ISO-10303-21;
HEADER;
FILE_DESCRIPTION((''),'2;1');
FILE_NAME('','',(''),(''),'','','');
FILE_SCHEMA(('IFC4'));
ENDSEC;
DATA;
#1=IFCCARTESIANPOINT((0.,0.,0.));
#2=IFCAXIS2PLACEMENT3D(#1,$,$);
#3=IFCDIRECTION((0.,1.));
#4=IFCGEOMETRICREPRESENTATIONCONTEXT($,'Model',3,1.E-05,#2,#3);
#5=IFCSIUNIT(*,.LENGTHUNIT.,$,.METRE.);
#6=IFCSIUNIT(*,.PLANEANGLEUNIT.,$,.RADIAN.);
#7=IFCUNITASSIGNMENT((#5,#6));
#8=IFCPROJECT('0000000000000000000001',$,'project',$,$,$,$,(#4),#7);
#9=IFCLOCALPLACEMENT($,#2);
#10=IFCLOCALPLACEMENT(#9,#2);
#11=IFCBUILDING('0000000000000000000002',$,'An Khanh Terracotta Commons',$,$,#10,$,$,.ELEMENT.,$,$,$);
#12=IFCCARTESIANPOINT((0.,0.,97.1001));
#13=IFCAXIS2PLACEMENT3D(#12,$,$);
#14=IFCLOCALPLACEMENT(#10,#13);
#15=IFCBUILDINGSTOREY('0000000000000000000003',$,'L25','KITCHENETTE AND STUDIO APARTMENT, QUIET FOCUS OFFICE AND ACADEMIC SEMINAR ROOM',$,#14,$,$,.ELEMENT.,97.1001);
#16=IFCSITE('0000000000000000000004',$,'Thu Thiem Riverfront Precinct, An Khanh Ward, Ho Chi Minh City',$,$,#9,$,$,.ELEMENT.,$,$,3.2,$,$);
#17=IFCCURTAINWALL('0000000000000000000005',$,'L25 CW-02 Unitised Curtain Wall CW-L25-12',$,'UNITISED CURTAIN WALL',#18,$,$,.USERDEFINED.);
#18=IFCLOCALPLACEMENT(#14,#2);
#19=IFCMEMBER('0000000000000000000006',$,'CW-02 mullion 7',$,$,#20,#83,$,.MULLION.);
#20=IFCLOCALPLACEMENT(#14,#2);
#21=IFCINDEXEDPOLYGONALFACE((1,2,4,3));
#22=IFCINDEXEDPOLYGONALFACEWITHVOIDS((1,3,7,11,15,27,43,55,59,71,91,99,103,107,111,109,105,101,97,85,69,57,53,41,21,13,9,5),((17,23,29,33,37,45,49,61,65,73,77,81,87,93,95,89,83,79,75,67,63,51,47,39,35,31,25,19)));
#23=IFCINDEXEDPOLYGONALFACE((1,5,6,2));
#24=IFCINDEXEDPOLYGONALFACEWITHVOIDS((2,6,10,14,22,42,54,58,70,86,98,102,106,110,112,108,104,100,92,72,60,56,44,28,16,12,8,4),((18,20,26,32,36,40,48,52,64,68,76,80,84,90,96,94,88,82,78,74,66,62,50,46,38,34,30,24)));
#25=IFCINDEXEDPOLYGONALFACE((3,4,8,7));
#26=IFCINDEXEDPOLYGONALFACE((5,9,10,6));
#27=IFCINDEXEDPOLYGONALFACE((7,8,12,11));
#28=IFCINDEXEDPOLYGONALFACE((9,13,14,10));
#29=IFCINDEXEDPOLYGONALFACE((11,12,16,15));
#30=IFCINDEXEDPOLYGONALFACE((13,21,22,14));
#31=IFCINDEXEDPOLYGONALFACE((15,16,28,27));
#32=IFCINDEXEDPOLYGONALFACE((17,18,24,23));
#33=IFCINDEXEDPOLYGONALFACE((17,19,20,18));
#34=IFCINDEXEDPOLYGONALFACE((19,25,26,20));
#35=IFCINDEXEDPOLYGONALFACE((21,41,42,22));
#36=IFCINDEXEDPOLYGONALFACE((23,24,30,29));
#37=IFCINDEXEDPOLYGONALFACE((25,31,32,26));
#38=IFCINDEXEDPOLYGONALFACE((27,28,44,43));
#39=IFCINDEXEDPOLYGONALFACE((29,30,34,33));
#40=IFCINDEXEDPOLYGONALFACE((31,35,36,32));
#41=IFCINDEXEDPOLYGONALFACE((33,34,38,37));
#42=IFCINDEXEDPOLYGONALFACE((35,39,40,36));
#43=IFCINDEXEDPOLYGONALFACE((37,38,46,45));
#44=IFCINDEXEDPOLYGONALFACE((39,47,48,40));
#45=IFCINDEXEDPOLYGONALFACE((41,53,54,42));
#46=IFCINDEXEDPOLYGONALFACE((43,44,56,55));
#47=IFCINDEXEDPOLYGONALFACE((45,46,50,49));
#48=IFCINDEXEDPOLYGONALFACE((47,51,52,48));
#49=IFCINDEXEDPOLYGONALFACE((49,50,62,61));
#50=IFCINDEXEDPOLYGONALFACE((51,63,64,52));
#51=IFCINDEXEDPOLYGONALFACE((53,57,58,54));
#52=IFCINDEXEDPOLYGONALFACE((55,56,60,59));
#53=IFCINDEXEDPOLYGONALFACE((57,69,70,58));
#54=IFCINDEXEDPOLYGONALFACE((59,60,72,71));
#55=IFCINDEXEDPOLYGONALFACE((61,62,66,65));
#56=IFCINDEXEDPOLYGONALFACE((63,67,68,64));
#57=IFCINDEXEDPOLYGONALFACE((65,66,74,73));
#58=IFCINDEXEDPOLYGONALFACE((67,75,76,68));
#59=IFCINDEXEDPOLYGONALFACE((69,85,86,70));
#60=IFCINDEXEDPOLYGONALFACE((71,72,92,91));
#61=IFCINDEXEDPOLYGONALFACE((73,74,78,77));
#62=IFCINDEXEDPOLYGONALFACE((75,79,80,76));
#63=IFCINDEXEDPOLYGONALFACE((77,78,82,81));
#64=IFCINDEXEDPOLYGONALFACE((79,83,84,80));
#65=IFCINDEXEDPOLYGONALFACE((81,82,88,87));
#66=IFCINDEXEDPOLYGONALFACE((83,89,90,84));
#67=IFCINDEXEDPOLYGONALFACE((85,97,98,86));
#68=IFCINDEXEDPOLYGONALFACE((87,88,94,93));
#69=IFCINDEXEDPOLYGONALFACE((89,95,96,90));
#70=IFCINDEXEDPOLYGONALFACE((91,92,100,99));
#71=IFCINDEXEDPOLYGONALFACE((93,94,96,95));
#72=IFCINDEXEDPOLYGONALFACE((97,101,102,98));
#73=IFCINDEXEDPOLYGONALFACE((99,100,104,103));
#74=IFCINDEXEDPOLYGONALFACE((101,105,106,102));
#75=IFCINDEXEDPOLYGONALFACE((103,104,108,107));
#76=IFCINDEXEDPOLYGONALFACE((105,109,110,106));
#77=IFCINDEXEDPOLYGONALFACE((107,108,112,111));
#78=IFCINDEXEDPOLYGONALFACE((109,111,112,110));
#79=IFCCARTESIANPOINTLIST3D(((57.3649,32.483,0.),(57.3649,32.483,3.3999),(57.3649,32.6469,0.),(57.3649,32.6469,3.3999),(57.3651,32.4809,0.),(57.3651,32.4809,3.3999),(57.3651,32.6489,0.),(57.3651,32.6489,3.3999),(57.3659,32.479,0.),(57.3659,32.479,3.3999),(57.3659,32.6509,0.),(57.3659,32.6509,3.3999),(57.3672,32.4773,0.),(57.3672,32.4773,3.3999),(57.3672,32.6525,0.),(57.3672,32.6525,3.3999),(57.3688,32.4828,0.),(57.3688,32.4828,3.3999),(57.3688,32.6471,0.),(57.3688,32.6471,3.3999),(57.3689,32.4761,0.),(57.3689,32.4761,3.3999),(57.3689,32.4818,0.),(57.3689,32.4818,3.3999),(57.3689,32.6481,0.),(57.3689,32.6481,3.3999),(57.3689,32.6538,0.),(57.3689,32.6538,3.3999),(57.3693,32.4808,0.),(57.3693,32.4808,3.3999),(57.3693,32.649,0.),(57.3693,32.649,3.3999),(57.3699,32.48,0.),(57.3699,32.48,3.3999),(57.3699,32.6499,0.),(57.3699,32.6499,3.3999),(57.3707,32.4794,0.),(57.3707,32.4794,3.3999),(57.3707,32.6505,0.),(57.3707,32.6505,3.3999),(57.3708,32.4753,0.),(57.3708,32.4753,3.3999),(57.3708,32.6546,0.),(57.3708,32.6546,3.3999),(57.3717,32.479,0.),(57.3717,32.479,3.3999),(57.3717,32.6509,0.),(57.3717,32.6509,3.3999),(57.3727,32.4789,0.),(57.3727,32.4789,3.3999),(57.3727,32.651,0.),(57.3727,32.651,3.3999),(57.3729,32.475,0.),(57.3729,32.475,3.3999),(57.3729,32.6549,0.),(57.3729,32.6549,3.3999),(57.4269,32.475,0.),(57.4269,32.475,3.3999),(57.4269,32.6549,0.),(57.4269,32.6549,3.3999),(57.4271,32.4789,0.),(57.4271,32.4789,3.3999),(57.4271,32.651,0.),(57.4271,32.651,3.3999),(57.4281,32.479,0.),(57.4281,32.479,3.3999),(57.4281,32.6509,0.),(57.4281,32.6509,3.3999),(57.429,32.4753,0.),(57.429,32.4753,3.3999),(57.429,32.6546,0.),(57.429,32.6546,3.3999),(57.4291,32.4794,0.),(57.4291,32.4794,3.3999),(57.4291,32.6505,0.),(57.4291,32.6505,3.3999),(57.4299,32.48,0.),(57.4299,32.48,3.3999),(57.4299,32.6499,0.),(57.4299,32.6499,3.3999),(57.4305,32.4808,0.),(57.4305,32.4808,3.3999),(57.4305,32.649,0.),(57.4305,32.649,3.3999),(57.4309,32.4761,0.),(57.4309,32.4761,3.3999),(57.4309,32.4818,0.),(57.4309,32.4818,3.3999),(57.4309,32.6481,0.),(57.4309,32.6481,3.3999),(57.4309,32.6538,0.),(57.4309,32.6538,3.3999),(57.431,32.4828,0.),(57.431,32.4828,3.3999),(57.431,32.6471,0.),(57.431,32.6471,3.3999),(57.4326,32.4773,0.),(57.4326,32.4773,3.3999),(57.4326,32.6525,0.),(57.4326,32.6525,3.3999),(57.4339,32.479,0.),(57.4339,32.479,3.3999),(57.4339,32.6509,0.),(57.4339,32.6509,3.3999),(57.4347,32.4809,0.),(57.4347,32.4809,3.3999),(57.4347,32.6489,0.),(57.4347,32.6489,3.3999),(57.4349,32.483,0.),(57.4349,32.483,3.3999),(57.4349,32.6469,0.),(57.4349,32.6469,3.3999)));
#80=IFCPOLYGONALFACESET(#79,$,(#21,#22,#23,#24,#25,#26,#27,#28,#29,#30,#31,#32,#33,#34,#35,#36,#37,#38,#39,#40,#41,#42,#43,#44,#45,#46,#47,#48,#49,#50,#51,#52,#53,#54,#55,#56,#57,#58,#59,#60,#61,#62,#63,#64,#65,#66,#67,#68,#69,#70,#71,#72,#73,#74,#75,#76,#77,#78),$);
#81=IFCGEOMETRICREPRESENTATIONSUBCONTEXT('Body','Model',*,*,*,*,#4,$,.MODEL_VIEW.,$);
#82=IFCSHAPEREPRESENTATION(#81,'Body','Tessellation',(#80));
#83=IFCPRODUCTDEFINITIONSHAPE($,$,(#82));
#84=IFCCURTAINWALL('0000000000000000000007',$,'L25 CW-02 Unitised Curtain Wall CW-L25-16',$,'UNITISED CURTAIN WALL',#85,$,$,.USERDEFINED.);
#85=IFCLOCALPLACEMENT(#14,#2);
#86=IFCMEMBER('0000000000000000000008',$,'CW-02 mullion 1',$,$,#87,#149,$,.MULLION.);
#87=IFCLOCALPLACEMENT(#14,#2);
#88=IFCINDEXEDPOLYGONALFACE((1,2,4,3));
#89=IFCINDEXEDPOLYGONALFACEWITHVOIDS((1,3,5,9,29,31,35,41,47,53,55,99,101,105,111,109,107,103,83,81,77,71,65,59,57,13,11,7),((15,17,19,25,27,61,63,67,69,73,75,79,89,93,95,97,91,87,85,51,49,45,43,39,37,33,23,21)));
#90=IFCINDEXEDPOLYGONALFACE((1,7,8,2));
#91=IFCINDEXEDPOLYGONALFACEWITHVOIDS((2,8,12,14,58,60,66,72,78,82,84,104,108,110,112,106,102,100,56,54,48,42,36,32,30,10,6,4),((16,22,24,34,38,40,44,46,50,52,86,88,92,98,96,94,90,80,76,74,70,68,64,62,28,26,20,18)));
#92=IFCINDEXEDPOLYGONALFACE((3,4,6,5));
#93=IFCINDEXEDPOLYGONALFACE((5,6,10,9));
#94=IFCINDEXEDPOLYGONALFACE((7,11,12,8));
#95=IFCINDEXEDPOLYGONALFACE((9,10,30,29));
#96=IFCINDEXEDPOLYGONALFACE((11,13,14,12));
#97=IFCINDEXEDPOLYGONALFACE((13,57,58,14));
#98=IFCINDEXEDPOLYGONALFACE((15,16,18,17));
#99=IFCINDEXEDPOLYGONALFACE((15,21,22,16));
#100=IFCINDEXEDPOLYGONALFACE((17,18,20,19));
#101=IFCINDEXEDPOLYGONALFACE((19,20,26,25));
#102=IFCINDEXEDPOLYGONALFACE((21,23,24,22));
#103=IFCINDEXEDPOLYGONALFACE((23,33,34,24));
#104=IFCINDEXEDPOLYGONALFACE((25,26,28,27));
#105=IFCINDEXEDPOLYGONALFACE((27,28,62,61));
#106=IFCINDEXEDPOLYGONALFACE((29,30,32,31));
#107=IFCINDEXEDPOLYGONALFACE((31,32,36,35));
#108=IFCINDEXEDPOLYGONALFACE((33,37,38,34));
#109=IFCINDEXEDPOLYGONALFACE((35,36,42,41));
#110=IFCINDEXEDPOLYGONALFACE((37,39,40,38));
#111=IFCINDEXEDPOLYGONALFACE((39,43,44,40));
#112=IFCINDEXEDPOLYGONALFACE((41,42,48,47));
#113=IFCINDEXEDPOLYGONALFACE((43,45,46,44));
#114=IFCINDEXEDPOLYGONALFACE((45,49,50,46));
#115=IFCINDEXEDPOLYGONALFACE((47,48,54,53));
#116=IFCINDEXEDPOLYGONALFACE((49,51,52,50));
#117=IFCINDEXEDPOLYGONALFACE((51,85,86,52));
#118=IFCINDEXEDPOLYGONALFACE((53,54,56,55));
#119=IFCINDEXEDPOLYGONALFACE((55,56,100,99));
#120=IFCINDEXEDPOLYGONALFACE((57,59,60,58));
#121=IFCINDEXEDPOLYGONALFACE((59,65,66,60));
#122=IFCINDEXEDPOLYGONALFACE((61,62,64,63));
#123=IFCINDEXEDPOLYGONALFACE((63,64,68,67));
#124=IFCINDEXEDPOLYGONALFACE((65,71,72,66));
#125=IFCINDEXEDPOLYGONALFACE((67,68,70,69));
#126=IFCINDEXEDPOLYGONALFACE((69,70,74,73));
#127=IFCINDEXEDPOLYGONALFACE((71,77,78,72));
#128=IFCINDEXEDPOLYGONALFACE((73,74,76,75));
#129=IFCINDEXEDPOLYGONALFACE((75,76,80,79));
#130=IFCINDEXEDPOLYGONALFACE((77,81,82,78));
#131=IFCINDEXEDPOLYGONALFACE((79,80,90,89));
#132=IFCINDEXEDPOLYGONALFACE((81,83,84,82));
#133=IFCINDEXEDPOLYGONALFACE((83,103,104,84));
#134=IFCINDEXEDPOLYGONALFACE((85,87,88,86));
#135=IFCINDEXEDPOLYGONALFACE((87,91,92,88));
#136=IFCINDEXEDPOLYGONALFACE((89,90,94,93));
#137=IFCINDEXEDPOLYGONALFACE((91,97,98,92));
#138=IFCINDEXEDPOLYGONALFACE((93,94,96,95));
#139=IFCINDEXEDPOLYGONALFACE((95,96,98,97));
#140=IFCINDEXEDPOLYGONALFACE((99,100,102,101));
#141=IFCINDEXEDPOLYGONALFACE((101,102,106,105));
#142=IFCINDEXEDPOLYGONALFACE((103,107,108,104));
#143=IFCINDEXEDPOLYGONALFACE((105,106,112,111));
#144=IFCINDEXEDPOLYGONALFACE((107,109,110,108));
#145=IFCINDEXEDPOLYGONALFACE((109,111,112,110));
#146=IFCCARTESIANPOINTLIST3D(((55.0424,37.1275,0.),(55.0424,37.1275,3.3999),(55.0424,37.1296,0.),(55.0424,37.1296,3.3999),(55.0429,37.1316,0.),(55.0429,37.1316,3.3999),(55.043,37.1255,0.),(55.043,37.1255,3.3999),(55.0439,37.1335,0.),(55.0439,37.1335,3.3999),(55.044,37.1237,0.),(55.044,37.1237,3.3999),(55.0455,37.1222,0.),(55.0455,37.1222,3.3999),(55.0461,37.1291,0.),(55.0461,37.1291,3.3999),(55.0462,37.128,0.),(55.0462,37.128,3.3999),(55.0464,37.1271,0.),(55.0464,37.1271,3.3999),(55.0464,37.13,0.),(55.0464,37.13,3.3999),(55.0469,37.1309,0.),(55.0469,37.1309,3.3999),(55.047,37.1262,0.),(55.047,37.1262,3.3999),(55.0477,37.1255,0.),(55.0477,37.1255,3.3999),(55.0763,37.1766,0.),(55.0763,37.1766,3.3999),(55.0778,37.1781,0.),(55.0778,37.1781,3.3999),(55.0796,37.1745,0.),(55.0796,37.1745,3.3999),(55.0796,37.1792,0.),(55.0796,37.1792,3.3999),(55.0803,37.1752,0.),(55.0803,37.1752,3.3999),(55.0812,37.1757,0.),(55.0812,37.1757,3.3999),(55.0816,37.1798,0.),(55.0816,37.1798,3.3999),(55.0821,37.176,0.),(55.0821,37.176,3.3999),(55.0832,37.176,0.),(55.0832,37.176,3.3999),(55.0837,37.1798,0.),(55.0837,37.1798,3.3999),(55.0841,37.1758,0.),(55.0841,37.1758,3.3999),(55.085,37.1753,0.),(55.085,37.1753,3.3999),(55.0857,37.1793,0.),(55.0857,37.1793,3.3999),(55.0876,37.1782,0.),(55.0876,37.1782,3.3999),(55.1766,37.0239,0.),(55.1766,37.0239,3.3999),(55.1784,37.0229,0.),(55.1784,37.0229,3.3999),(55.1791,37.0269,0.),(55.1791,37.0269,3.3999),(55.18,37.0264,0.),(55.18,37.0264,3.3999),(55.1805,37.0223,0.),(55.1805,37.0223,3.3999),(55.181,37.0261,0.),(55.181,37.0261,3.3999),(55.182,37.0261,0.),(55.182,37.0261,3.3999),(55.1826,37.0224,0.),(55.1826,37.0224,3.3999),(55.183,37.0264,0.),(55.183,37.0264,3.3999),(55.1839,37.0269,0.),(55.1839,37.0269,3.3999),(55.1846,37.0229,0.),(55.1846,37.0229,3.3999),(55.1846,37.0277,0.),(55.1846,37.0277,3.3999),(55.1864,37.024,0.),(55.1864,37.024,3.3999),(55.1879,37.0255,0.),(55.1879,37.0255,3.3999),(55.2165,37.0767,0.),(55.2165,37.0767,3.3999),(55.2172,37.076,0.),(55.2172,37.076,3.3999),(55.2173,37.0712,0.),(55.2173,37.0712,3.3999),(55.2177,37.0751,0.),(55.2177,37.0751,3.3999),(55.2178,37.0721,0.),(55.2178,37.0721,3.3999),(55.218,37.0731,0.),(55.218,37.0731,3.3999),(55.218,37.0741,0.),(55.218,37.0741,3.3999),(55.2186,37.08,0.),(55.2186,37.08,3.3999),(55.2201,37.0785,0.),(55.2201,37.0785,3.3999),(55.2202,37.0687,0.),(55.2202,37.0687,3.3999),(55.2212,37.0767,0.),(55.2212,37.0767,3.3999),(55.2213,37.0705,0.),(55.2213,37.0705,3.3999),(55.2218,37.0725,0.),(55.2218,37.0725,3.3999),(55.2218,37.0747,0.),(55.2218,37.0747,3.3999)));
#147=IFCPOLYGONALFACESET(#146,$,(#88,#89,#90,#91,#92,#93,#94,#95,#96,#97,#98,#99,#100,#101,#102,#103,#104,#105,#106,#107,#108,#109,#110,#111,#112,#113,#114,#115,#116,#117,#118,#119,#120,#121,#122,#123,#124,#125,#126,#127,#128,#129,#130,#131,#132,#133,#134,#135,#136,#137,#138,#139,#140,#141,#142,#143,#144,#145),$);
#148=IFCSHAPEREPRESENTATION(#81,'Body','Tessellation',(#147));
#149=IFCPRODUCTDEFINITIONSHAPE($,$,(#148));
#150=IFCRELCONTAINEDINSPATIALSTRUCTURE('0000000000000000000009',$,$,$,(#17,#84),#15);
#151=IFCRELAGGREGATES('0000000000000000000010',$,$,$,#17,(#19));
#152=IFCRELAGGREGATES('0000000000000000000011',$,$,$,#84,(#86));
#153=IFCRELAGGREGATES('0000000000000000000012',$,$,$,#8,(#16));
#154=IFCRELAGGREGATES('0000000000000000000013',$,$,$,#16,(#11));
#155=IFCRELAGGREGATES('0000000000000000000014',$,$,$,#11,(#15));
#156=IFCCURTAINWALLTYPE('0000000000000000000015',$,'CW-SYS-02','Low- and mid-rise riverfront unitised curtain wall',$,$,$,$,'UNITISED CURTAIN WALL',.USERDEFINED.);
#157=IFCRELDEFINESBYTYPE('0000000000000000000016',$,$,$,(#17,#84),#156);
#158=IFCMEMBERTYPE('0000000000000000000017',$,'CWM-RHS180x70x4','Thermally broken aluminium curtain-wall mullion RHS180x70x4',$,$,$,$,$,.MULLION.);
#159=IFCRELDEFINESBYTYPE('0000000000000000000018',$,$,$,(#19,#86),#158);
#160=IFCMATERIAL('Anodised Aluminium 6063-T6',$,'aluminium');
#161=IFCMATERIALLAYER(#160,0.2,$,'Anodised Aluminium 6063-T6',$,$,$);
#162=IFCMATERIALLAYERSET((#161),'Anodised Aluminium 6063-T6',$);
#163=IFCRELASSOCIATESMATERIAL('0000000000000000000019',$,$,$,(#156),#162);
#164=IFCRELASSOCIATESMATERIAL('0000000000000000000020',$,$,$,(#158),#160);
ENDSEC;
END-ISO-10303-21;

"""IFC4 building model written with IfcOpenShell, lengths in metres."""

from ifc_helpers import new_model, si_unit, direction, frame, origin, origin_2d, place, context, subcontext, project, spatial, hollow_rectangle, extrude, material, layer, layer_set, material_profile, profile_set, type_object, element, aggregate, save


model = new_model("IFC4")

# Units and contexts
model_context = context("Model", 3, precision=1e-05, world=origin(), true_north=direction((0.0, 1.0)))
body_context = subcontext(model_context, "Body", "Model", "MODEL_VIEW")
ifc_project = project(units=[si_unit("LENGTHUNIT", "METRE"), si_unit("PLANEANGLEUNIT", "RADIAN")], contexts=[model_context])

# Site, building, storey
site_placement = place(None, origin())
site = spatial("IfcSite", under=ifc_project, at=site_placement, Name="Thu Thiem Riverfront Precinct, An Khanh Ward, Ho Chi Minh City", CompositionType="ELEMENT", RefElevation=3.2)
building_placement = place(site_placement, origin())
building = spatial("IfcBuilding", under=site, at=building_placement, Name="An Khanh Terracotta Commons", CompositionType="ELEMENT")
storey_placement = place(building_placement, frame((0.0, 0.0, 97.1001)))
storey = spatial("IfcBuildingStorey", under=building, at=storey_placement, Name="L25", Description="KITCHENETTE AND STUDIO APARTMENT, QUIET FOCUS OFFICE AND ACADEMIC SEMINAR ROOM", CompositionType="ELEMENT", Elevation=97.1001)

# Curtain walls, members
ifc_material_1 = material(Name="Anodised Aluminium 6063-T6", Category="aluminium")
ifc_layer_1 = layer(ifc_material_1, 0.2, Name="Anodised Aluminium 6063-T6")
ifc_layer_set_1 = layer_set([ifc_layer_1], Name="Anodised Aluminium 6063-T6")
curtain_wall_type = type_object("IfcCurtainWallType", Name="CW-SYS-02", Description="Low- and mid-rise riverfront unitised curtain wall", ElementType="UNITISED CURTAIN WALL", PredefinedType="USERDEFINED", material=ifc_layer_set_1)
curtain_wall_1_placement = place(storey_placement, origin())
curtain_wall_1 = element("IfcCurtainWall", 1, at=curtain_wall_1_placement, inside=storey, type_object=curtain_wall_type, Name="L25 CW-02 Unitised Curtain Wall CW-L25-12", ObjectType="UNITISED CURTAIN WALL", PredefinedType="USERDEFINED")
ifc_material_profile_1 = material_profile(ifc_material_1, hollow_rectangle(XDim=0.0701, YDim=0.1799, WallThickness=0.0039, InnerFilletRadius=0.0039, OuterFilletRadius=0.0081, at=origin_2d()), Name="RHS180x70x4")
ifc_profile_set_1 = profile_set([ifc_material_profile_1], Name="Anodised Aluminium 6063-T6")
member_type_1 = type_object("IfcMemberType", Name="CWM-RHS180x70x4", Description="Thermally broken aluminium curtain-wall mullion RHS180x70x4", PredefinedType="MULLION", material=ifc_profile_set_1)
member_1_placement = place(storey_placement, frame((57.3999, 32.5649, 0.0), z_axis=(0.0, 0.0, 1.0), x_axis=(-1.0, 0.0, 0.0)))
member_1 = element("IfcMember", 2, at=member_1_placement, type_object=member_type_1, Name="CW-02 mullion 7", PredefinedType="MULLION", context=body_context, shape_type="SweptSolid", body=[
    extrude(hollow_rectangle(XDim=0.0701, YDim=0.1799, WallThickness=0.0039, InnerFilletRadius=0.0039, OuterFilletRadius=0.0081, at=origin_2d()), origin(), (0.0, 0.0, 1.0), 3.3999),
])
curtain_wall_2_placement = place(storey_placement, origin())
curtain_wall_2 = element("IfcCurtainWall", 3, at=curtain_wall_2_placement, inside=storey, type_object=curtain_wall_type, Name="L25 CW-02 Unitised Curtain Wall CW-L25-16", ObjectType="UNITISED CURTAIN WALL", PredefinedType="USERDEFINED")
member_2_placement = place(storey_placement, frame((55.1321, 37.1011, 0.0), z_axis=(0.0, 0.0, 1.0), x_axis=(-0.599983, -0.800013, 0.0)))
member_2 = element("IfcMember", 4, at=member_2_placement, type_object=member_type_1, Name="CW-02 mullion 1", PredefinedType="MULLION", context=body_context, shape_type="SweptSolid", body=[
    extrude(hollow_rectangle(XDim=0.0701, YDim=0.1799, WallThickness=0.0039, InnerFilletRadius=0.0039, OuterFilletRadius=0.0081, at=origin_2d()), origin(), (0.0, 0.0, 1.0), 3.3999),
])

aggregate(curtain_wall_1, [member_1])
aggregate(curtain_wall_2, [member_2])

save(model, "model.ifc")
